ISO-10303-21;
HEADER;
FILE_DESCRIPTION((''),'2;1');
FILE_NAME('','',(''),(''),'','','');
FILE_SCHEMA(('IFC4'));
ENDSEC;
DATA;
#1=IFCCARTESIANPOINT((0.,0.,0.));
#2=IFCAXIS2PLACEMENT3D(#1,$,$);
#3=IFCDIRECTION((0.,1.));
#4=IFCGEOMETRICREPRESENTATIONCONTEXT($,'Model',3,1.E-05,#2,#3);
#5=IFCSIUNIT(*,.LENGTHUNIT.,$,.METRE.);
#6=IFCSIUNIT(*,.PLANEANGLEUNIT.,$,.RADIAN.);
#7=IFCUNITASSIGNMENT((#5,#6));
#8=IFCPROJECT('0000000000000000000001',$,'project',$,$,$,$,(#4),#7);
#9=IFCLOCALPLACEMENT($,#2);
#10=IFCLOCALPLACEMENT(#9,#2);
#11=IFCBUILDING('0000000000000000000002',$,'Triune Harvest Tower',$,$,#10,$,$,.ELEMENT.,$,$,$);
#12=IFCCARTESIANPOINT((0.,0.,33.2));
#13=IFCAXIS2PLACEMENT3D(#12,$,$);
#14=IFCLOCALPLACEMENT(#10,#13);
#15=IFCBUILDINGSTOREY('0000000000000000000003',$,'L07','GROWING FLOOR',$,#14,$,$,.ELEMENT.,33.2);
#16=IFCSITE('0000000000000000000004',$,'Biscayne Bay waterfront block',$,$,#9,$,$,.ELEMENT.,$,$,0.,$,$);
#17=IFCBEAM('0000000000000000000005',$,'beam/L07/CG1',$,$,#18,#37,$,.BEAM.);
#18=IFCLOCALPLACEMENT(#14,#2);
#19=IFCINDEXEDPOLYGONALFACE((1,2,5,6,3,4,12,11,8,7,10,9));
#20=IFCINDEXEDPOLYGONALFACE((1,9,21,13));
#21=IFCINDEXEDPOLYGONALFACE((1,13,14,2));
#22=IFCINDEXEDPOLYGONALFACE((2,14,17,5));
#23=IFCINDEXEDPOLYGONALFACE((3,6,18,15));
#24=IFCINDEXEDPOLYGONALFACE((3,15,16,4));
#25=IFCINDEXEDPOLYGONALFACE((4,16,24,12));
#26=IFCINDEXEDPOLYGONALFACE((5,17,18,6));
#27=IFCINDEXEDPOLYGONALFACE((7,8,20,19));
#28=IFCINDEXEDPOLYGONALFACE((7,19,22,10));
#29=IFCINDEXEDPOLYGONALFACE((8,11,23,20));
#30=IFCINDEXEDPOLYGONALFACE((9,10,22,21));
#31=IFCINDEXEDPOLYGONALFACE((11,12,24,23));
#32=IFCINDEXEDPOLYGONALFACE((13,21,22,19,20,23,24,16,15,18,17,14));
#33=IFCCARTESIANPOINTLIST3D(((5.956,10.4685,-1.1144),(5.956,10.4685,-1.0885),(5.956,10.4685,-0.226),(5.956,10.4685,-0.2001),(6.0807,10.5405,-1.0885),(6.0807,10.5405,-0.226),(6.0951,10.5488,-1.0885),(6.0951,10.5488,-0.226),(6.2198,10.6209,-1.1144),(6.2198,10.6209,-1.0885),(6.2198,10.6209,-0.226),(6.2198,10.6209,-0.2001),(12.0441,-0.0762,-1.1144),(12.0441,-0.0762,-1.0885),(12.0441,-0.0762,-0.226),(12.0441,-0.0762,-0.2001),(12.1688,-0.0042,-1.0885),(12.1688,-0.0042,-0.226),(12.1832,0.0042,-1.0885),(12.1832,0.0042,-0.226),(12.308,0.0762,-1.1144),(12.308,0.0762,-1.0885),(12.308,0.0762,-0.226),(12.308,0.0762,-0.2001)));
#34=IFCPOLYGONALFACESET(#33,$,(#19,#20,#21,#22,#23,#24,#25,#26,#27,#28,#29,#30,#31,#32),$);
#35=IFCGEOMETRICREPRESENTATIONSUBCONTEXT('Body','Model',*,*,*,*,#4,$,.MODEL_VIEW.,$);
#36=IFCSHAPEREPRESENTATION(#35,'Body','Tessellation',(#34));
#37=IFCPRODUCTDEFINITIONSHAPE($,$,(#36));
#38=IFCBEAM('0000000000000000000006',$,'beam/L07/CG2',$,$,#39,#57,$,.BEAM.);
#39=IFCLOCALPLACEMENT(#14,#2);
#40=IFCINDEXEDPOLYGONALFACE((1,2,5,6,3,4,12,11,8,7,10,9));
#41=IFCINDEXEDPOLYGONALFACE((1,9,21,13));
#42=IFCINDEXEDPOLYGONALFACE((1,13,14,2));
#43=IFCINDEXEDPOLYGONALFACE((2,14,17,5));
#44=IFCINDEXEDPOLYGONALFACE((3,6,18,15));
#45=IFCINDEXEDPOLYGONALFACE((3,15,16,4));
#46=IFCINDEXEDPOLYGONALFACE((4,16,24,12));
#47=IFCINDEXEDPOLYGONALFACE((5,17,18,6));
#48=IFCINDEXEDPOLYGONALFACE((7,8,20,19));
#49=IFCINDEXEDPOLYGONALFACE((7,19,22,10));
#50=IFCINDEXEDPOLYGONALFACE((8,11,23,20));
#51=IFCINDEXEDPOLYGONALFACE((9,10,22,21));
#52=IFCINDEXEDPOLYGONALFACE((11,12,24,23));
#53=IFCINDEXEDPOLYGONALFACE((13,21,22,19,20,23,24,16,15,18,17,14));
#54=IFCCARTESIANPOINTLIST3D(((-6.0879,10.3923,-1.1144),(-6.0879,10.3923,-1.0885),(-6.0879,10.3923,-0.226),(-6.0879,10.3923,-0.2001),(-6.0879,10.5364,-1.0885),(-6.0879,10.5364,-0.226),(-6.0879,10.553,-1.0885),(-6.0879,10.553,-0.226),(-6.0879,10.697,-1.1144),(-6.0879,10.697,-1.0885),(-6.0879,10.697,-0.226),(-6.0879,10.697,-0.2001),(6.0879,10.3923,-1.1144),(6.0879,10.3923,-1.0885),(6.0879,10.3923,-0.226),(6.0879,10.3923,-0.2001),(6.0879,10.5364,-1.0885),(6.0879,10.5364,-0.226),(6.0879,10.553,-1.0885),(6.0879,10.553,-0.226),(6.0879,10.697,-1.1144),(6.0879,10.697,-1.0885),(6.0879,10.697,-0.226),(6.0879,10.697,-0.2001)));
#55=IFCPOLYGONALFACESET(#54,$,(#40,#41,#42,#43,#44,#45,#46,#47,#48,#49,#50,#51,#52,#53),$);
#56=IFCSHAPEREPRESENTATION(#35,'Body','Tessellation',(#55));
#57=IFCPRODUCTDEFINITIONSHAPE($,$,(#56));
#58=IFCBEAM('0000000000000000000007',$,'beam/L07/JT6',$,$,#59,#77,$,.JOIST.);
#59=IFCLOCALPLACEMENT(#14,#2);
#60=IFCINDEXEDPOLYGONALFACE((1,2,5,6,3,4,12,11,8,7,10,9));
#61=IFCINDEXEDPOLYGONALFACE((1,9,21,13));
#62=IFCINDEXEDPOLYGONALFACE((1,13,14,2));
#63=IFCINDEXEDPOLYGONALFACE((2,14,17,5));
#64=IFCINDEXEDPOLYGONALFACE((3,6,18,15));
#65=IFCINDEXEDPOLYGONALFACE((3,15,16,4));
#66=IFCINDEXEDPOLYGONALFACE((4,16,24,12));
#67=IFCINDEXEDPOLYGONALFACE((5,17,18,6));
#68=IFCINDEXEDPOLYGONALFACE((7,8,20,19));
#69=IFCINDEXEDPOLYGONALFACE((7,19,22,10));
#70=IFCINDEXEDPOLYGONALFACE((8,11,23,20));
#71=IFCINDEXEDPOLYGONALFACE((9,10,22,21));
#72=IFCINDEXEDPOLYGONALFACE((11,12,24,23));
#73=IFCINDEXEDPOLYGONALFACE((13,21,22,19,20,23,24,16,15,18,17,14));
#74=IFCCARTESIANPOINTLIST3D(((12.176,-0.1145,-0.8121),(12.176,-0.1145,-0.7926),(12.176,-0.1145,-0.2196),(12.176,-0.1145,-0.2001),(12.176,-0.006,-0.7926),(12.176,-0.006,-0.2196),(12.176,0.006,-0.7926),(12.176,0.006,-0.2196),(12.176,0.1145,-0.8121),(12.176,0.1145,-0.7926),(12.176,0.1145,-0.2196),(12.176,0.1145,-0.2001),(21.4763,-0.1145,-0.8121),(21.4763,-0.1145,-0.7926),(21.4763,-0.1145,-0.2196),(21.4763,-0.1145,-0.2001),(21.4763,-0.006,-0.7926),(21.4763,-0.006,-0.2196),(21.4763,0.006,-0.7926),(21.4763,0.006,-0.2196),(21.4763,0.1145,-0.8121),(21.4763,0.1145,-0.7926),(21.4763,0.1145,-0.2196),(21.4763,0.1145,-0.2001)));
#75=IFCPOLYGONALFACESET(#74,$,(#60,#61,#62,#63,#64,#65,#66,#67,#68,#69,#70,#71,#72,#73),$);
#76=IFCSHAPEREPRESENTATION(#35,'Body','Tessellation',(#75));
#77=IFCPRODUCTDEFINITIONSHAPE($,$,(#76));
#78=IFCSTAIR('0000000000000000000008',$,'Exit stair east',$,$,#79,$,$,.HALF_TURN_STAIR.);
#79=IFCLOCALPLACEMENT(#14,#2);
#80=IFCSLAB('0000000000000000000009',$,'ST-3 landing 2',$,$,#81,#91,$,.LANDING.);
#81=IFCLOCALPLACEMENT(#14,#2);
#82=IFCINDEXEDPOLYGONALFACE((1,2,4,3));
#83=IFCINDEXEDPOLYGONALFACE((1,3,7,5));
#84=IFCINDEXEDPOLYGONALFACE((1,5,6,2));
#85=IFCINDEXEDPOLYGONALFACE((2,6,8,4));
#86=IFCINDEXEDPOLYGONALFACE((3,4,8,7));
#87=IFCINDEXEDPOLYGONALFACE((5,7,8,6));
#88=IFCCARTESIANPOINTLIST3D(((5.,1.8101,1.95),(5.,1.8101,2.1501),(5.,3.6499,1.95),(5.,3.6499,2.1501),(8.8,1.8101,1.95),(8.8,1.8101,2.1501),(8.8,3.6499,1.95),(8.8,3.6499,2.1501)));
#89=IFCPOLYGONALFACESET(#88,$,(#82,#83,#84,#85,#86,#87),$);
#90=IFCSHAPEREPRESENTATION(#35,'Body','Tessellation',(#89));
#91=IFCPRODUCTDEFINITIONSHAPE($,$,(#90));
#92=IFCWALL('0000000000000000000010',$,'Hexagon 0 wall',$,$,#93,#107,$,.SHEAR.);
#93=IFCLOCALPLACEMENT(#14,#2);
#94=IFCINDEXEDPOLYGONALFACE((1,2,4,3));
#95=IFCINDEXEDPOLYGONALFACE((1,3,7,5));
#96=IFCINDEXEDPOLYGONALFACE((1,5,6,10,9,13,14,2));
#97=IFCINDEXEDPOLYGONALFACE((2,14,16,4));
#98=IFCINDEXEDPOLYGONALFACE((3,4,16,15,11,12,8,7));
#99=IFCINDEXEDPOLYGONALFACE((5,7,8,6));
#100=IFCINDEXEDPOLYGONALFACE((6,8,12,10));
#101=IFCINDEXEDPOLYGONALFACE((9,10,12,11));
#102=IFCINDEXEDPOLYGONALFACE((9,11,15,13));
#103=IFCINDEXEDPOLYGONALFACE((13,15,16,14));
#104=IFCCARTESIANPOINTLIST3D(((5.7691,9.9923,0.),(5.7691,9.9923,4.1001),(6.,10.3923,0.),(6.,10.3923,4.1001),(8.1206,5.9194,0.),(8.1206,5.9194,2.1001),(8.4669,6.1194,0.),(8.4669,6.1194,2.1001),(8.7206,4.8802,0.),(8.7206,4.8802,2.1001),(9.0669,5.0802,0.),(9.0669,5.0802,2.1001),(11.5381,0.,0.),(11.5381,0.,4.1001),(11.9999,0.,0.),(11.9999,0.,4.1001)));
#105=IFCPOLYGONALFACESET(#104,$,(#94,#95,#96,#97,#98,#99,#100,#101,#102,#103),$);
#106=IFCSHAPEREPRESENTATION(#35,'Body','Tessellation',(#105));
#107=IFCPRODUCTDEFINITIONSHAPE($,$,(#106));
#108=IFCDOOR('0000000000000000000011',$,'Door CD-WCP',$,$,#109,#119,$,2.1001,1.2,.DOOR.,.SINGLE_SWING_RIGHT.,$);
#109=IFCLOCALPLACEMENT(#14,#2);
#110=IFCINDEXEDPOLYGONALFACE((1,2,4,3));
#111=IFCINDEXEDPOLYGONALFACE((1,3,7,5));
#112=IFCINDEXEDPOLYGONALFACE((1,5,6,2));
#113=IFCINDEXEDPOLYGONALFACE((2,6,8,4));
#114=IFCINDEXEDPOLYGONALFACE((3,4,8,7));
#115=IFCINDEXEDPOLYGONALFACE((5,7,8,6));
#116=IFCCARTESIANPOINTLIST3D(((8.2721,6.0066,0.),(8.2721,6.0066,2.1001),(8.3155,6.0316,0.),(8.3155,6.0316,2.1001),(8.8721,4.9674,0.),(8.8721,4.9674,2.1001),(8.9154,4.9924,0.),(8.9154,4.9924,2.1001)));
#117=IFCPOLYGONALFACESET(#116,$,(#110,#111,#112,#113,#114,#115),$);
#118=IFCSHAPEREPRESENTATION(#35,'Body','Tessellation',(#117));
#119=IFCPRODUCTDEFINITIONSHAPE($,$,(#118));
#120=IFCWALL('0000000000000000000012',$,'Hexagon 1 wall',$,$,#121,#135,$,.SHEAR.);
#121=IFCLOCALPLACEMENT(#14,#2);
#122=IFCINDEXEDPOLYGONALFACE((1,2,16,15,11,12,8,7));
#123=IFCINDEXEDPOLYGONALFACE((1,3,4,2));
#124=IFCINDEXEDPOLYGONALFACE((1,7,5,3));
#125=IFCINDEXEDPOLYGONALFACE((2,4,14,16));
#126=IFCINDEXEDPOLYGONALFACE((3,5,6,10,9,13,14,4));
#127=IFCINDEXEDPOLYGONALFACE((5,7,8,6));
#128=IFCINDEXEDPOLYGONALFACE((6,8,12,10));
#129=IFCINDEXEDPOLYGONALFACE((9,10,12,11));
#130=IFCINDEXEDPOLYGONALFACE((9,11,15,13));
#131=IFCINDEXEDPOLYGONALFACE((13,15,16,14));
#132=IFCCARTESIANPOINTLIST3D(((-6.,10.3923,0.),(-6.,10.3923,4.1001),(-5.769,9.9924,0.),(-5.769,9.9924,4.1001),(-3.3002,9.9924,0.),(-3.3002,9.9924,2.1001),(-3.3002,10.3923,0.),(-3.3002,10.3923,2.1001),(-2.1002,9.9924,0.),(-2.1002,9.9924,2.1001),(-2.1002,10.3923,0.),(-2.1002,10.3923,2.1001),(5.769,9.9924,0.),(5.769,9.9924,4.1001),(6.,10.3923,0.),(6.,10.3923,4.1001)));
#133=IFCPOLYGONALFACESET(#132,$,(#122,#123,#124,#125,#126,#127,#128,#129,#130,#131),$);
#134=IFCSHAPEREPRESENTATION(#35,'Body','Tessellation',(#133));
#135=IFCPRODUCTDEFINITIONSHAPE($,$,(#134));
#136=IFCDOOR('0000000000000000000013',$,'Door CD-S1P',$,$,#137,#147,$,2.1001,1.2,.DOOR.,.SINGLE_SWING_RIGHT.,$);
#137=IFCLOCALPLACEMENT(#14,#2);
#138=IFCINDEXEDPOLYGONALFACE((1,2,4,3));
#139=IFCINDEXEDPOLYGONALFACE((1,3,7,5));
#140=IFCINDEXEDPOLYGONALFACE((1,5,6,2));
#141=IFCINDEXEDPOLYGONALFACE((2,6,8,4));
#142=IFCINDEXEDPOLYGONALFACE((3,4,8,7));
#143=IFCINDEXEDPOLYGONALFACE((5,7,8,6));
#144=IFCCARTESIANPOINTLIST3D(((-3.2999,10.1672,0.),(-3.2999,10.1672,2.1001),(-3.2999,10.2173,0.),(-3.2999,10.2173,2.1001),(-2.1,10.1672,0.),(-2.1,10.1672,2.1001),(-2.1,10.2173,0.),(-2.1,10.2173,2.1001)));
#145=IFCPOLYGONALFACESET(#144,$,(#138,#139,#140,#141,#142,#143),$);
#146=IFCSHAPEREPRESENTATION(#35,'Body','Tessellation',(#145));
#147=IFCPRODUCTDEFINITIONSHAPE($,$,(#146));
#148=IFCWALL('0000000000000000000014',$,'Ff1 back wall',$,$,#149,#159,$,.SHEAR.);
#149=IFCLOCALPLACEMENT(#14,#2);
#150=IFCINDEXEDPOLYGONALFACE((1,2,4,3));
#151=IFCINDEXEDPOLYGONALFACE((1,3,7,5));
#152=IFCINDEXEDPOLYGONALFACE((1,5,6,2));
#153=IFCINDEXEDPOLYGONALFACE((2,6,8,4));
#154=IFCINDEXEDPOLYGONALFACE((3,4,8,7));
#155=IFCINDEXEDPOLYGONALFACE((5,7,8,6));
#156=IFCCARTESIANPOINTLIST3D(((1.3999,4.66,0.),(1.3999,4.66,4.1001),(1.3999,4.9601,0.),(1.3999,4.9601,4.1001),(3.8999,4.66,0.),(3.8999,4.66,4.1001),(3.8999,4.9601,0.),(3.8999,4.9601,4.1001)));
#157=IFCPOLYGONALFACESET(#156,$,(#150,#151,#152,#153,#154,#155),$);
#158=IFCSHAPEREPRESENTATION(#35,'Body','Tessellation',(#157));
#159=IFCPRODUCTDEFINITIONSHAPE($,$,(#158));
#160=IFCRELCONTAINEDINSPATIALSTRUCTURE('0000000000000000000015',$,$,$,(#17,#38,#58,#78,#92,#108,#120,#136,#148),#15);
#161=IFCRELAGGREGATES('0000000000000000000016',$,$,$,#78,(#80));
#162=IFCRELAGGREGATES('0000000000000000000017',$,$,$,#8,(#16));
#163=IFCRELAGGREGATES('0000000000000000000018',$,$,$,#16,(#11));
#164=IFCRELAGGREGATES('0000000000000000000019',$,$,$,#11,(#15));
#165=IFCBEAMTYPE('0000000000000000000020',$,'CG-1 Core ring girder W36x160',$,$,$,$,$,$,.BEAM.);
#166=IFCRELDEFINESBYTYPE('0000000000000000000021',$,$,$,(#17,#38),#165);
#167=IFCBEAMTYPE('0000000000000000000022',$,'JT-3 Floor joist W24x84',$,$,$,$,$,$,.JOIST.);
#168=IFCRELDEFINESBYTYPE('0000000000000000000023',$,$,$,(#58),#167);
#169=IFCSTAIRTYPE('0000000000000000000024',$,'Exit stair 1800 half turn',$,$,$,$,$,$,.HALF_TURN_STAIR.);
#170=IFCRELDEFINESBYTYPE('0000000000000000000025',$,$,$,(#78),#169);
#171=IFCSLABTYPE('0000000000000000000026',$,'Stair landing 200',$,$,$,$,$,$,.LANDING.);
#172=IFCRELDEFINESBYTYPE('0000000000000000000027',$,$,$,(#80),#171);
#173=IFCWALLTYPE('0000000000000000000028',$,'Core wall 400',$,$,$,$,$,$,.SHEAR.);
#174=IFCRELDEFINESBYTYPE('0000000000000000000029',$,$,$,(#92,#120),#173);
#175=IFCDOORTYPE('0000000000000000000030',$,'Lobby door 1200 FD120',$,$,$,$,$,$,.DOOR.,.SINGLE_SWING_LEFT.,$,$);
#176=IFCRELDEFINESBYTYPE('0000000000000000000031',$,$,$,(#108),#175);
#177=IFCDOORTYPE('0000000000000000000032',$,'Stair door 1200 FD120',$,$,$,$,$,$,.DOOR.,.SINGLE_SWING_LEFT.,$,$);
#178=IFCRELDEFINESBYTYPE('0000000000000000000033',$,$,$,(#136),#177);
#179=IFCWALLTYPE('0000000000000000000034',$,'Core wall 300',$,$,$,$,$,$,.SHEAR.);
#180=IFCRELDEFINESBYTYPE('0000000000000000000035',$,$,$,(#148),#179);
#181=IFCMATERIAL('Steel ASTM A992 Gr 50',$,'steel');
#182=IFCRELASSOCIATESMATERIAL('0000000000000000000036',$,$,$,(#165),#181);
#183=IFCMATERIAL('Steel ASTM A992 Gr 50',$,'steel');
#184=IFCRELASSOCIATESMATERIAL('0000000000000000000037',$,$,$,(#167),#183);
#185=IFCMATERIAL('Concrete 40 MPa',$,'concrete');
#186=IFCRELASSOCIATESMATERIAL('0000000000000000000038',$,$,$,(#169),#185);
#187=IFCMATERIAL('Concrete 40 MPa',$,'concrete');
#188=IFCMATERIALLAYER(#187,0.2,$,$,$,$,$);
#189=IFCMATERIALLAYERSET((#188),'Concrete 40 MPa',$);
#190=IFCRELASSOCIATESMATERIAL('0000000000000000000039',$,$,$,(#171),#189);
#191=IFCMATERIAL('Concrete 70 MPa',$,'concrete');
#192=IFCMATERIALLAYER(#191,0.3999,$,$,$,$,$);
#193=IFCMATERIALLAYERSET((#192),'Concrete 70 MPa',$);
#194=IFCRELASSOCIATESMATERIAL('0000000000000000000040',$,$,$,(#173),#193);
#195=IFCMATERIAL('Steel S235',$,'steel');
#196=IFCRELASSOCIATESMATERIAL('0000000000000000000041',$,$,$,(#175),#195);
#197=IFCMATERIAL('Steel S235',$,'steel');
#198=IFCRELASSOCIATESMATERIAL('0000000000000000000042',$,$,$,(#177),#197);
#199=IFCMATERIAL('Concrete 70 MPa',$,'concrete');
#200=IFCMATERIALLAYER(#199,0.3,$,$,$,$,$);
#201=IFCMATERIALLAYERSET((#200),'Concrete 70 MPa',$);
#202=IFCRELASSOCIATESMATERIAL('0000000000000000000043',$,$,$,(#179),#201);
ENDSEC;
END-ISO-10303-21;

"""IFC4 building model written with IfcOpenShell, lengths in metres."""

from ifc_helpers import new_model, si_unit, direction, frame, frame_2d, origin, origin_2d, place, context, subcontext, project, spatial, polyline, rectangle, i_section, outline, extrude, source, transform, mapped, material, layer, layer_set, material_profile, profile_set, type_object, element, fill, aggregate, save


model = new_model("IFC4")

# Units and contexts
model_context = context("Model", 3, precision=1e-05, world=origin(), true_north=direction((0.0, 1.0)))
body_context = subcontext(model_context, "Body", "Model", "MODEL_VIEW")
ifc_project = project(units=[si_unit("LENGTHUNIT", "METRE"), si_unit("PLANEANGLEUNIT", "RADIAN")], contexts=[model_context])

# Site, building, storey
site_placement = place(None, origin())
site = spatial("IfcSite", under=ifc_project, at=site_placement, Name="Biscayne Bay waterfront block", CompositionType="ELEMENT", RefElevation=0.0)
building_placement = place(site_placement, origin())
building = spatial("IfcBuilding", under=site, at=building_placement, Name="Triune Harvest Tower", CompositionType="ELEMENT")
storey_placement = place(building_placement, frame((0.0, 0.0, 33.2)))
storey = spatial("IfcBuildingStorey", under=building, at=storey_placement, Name="L07", Description="GROWING FLOOR", CompositionType="ELEMENT", Elevation=33.2)

# Beams
ifc_material_1 = material(Name="Steel ASTM A992 Gr 50", Category="steel")
ifc_material_profile_1 = material_profile(ifc_material_1, i_section(OverallWidth=0.3047, OverallDepth=0.9143, WebThickness=0.0166, FlangeThickness=0.0259, at=origin_2d()), Name="W36x160")
ifc_profile_set_1 = profile_set([ifc_material_profile_1], Name="Steel ASTM A992 Gr 50")
beam_type_1 = type_object("IfcBeamType", Name="CG-1 Core ring girder W36x160", PredefinedType="BEAM", material=ifc_profile_set_1)
shared_shape_1 = source(origin(), body_context, "Body", "SweptSolid", [
    extrude(i_section(OverallWidth=0.3047, OverallDepth=0.9143, WebThickness=0.0166, FlangeThickness=0.0259, at=origin_2d()), origin(), (0.0, 0.0, 1.0), 12.176),
])
beam_1_placement = place(storey_placement, frame((12.176, 0.0, -0.6572), z_axis=(-0.50001, 0.86602, 0.0), x_axis=(-0.86602, -0.50001, 0.0)))
element("IfcBeam", 1, at=beam_1_placement, inside=storey, type_object=beam_type_1, Name="beam/L07/CG1", PredefinedType="BEAM", context=body_context, shape_type="MappedRepresentation", body=[
    mapped(shared_shape_1, transform((0.0, 0.0, 0.0), scale=1.0)),
])
shared_shape_2 = source(origin(), body_context, "Body", "SweptSolid", [
    extrude(i_section(OverallWidth=0.3047, OverallDepth=0.9143, WebThickness=0.0166, FlangeThickness=0.0259, at=origin_2d()), origin(), (0.0, 0.0, 1.0), 12.1758),
])
beam_2_placement = place(storey_placement, frame((6.0879, 10.5447, -0.6572), z_axis=(-1.0, 0.0, 0.0), x_axis=(0.0, -1.0, 0.0)))
element("IfcBeam", 2, at=beam_2_placement, inside=storey, type_object=beam_type_1, Name="beam/L07/CG2", PredefinedType="BEAM", context=body_context, shape_type="MappedRepresentation", body=[
    mapped(shared_shape_2, transform((0.0, 0.0, 0.0), scale=1.0)),
])
ifc_material_2 = material(Name="Steel ASTM A992 Gr 50", Category="steel")
ifc_material_profile_2 = material_profile(ifc_material_2, i_section(OverallWidth=0.229, OverallDepth=0.6121, WebThickness=0.012, FlangeThickness=0.0195, at=origin_2d()), Name="W24x84")
ifc_profile_set_2 = profile_set([ifc_material_profile_2], Name="Steel ASTM A992 Gr 50")
beam_type_2 = type_object("IfcBeamType", Name="JT-3 Floor joist W24x84", PredefinedType="JOIST", material=ifc_profile_set_2)
shared_shape_3 = source(origin(), body_context, "Body", "SweptSolid", [
    extrude(i_section(OverallWidth=0.229, OverallDepth=0.6121, WebThickness=0.012, FlangeThickness=0.0195, at=origin_2d()), origin(), (0.0, 0.0, 1.0), 9.3003),
])
beam_3_placement = place(storey_placement, frame((21.4763, 0.0, -0.5061), z_axis=(-1.0, 0.0, 0.0), x_axis=(0.0, -1.0, 0.0)))
element("IfcBeam", 3, at=beam_3_placement, inside=storey, type_object=beam_type_2, Name="beam/L07/JT6", PredefinedType="JOIST", context=body_context, shape_type="MappedRepresentation", body=[
    mapped(shared_shape_3, transform((0.0, 0.0, 0.0), scale=1.0)),
])

# Stair, slab
ifc_material_3 = material(Name="Concrete 40 MPa", Category="concrete")
stair_type = type_object("IfcStairType", Name="Exit stair 1800 half turn", PredefinedType="HALF_TURN_STAIR", material=ifc_material_3)
stair_1_placement = place(storey_placement, origin())
stair_1 = element("IfcStair", 4, at=stair_1_placement, inside=storey, type_object=stair_type, Name="Exit stair east", PredefinedType="HALF_TURN_STAIR")
ifc_material_4 = material(Name="Concrete 40 MPa", Category="concrete")
ifc_layer_1 = layer(ifc_material_4, 0.2)
ifc_layer_set_1 = layer_set([ifc_layer_1], Name="Concrete 40 MPa")
slab_type = type_object("IfcSlabType", Name="Stair landing 200", PredefinedType="LANDING", material=ifc_layer_set_1)
slab_placement = place(storey_placement, frame((0.0, 0.0, 1.95)))
slab = element("IfcSlab", 5, at=slab_placement, type_object=slab_type, Name="ST-3 landing 2", PredefinedType="LANDING", context=body_context, shape_type="SweptSolid", body=[
    extrude(outline(polyline([(8.8, 1.8101), (8.8, 3.6499), (5.0, 3.6499), (5.0, 1.8101), (8.8, 1.8101)])), origin(), (0.0, 0.0, 1.0), 0.2002),
])

# Walls, openings, doors
ifc_material_5 = material(Name="Concrete 70 MPa", Category="concrete")
ifc_layer_2 = layer(ifc_material_5, 0.3999)
ifc_layer_set_2 = layer_set([ifc_layer_2], Name="Concrete 70 MPa")
wall_type_1 = type_object("IfcWallType", Name="Core wall 400", PredefinedType="SHEAR", material=ifc_layer_set_2)
shared_shape_4 = source(origin(), body_context, "Body", "SweptSolid", [
    extrude(outline(polyline([(-0.1155, -0.2), (11.8845, -0.2), (11.6536, 0.2), (0.1155, 0.2), (-0.1155, -0.2)])), origin(), (0.0, 0.0, 1.0), 4.1001),
])
wall_1_placement = place(storey_placement, frame((11.769, 0.0, 0.0), z_axis=(0.0, 0.0, 1.0), x_axis=(-0.499997, 0.866027, 0.0)))
wall_1 = element("IfcWall", 6, at=wall_1_placement, inside=storey, type_object=wall_type_1, Name="Hexagon 0 wall", PredefinedType="SHEAR", context=body_context, shape_type="MappedRepresentation", body=[
    mapped(shared_shape_4, transform((0.0, 0.0, 0.0), scale=1.0)),
])
opening_1_placement = place(wall_1_placement, frame((5.7505, 0.0, 0.0)))
opening_1 = element("IfcOpeningElement", 7, at=opening_1_placement, cuts=wall_1, PredefinedType="OPENING", context=body_context, shape_type="SweptSolid", body=[
    extrude(rectangle(XDim=1.2, YDim=2.1001, at=frame_2d((0.6001, 1.05))), frame((0.0, 0.21, 0.0), z_axis=(0.0, -1.0, 0.0), x_axis=(1.0, 0.0, 0.0)), (0.0, 0.0, 1.0), 0.4199),
])
ifc_material_6 = material(Name="Steel S235", Category="steel")
door_type_1 = type_object("IfcDoorType", Name="Lobby door 1200 FD120", OperationType="SINGLE_SWING_LEFT", PredefinedType="DOOR", material=ifc_material_6)
door_1_placement = place(opening_1_placement, frame((1.2, 0.0, 0.0), z_axis=(0.0, 0.0, 1.0), x_axis=(-1.0, 0.0, 0.0)))
door_1 = element("IfcDoor", 8, at=door_1_placement, inside=storey, type_object=door_type_1, Name="Door CD-WCP", OperationType="SINGLE_SWING_RIGHT", OverallHeight=2.1001, OverallWidth=1.2, PredefinedType="DOOR", context=body_context, shape_type="SweptSolid", body=[
    extrude(rectangle(XDim=1.2, YDim=2.1001, at=frame_2d((0.6001, 1.05))), frame((0.0, 0.0249, 0.0), z_axis=(0.0, -1.0, 0.0), x_axis=(1.0, 0.0, 0.0)), (0.0, 0.0, 1.0), 0.05),
])
fill(opening_1, door_1)
wall_2_placement = place(storey_placement, frame((5.8845, 10.1924, 0.0), z_axis=(0.0, 0.0, 1.0), x_axis=(-1.0, 0.0, 0.0)))
wall_2 = element("IfcWall", 9, at=wall_2_placement, inside=storey, type_object=wall_type_1, Name="Hexagon 1 wall", PredefinedType="SHEAR", context=body_context, shape_type="MappedRepresentation", body=[
    mapped(shared_shape_4, transform((0.0, 0.0, 0.0), scale=1.0)),
])
opening_2_placement = place(wall_2_placement, frame((7.9846, 0.0, 0.0)))
opening_2 = element("IfcOpeningElement", 10, at=opening_2_placement, cuts=wall_2, PredefinedType="OPENING", context=body_context, shape_type="SweptSolid", body=[
    extrude(rectangle(XDim=1.2, YDim=2.1001, at=frame_2d((0.6001, 1.05))), frame((0.0, 0.21, 0.0), z_axis=(0.0, -1.0, 0.0), x_axis=(1.0, 0.0, 0.0)), (0.0, 0.0, 1.0), 0.4199),
])
ifc_material_7 = material(Name="Steel S235", Category="steel")
door_type_2 = type_object("IfcDoorType", Name="Stair door 1200 FD120", OperationType="SINGLE_SWING_LEFT", PredefinedType="DOOR", material=ifc_material_7)
door_2_placement = place(opening_2_placement, frame((1.2, 0.0, 0.0), z_axis=(0.0, 0.0, 1.0), x_axis=(-1.0, 0.0, 0.0)))
door_2 = element("IfcDoor", 11, at=door_2_placement, inside=storey, type_object=door_type_2, Name="Door CD-S1P", OperationType="SINGLE_SWING_RIGHT", OverallHeight=2.1001, OverallWidth=1.2, PredefinedType="DOOR", context=body_context, shape_type="SweptSolid", body=[
    extrude(rectangle(XDim=1.2, YDim=2.1001, at=frame_2d((0.6001, 1.05))), frame((0.0, 0.0249, 0.0), z_axis=(0.0, -1.0, 0.0), x_axis=(1.0, 0.0, 0.0)), (0.0, 0.0, 1.0), 0.05),
])
fill(opening_2, door_2)

# Wall
ifc_material_8 = material(Name="Concrete 70 MPa", Category="concrete")
ifc_layer_3 = layer(ifc_material_8, 0.3)
ifc_layer_set_3 = layer_set([ifc_layer_3], Name="Concrete 70 MPa")
wall_type_2 = type_object("IfcWallType", Name="Core wall 300", PredefinedType="SHEAR", material=ifc_layer_set_3)
shared_shape_5 = source(origin(), body_context, "Body", "SweptSolid", [
    extrude(rectangle(XDim=2.5, YDim=0.3, at=frame_2d((1.25, 0.0))), origin(), (0.0, 0.0, 1.0), 4.1001),
])
wall_3_placement = place(storey_placement, frame((1.3999, 4.8101, 0.0), z_axis=(0.0, 0.0, 1.0), x_axis=(1.0, 0.0, 0.0)))
element("IfcWall", 12, at=wall_3_placement, inside=storey, type_object=wall_type_2, Name="Ff1 back wall", PredefinedType="SHEAR", context=body_context, shape_type="MappedRepresentation", body=[
    mapped(shared_shape_5, transform((0.0, 0.0, 0.0), scale=1.0)),
])

aggregate(stair_1, [slab])

save(model, "model.ifc")
